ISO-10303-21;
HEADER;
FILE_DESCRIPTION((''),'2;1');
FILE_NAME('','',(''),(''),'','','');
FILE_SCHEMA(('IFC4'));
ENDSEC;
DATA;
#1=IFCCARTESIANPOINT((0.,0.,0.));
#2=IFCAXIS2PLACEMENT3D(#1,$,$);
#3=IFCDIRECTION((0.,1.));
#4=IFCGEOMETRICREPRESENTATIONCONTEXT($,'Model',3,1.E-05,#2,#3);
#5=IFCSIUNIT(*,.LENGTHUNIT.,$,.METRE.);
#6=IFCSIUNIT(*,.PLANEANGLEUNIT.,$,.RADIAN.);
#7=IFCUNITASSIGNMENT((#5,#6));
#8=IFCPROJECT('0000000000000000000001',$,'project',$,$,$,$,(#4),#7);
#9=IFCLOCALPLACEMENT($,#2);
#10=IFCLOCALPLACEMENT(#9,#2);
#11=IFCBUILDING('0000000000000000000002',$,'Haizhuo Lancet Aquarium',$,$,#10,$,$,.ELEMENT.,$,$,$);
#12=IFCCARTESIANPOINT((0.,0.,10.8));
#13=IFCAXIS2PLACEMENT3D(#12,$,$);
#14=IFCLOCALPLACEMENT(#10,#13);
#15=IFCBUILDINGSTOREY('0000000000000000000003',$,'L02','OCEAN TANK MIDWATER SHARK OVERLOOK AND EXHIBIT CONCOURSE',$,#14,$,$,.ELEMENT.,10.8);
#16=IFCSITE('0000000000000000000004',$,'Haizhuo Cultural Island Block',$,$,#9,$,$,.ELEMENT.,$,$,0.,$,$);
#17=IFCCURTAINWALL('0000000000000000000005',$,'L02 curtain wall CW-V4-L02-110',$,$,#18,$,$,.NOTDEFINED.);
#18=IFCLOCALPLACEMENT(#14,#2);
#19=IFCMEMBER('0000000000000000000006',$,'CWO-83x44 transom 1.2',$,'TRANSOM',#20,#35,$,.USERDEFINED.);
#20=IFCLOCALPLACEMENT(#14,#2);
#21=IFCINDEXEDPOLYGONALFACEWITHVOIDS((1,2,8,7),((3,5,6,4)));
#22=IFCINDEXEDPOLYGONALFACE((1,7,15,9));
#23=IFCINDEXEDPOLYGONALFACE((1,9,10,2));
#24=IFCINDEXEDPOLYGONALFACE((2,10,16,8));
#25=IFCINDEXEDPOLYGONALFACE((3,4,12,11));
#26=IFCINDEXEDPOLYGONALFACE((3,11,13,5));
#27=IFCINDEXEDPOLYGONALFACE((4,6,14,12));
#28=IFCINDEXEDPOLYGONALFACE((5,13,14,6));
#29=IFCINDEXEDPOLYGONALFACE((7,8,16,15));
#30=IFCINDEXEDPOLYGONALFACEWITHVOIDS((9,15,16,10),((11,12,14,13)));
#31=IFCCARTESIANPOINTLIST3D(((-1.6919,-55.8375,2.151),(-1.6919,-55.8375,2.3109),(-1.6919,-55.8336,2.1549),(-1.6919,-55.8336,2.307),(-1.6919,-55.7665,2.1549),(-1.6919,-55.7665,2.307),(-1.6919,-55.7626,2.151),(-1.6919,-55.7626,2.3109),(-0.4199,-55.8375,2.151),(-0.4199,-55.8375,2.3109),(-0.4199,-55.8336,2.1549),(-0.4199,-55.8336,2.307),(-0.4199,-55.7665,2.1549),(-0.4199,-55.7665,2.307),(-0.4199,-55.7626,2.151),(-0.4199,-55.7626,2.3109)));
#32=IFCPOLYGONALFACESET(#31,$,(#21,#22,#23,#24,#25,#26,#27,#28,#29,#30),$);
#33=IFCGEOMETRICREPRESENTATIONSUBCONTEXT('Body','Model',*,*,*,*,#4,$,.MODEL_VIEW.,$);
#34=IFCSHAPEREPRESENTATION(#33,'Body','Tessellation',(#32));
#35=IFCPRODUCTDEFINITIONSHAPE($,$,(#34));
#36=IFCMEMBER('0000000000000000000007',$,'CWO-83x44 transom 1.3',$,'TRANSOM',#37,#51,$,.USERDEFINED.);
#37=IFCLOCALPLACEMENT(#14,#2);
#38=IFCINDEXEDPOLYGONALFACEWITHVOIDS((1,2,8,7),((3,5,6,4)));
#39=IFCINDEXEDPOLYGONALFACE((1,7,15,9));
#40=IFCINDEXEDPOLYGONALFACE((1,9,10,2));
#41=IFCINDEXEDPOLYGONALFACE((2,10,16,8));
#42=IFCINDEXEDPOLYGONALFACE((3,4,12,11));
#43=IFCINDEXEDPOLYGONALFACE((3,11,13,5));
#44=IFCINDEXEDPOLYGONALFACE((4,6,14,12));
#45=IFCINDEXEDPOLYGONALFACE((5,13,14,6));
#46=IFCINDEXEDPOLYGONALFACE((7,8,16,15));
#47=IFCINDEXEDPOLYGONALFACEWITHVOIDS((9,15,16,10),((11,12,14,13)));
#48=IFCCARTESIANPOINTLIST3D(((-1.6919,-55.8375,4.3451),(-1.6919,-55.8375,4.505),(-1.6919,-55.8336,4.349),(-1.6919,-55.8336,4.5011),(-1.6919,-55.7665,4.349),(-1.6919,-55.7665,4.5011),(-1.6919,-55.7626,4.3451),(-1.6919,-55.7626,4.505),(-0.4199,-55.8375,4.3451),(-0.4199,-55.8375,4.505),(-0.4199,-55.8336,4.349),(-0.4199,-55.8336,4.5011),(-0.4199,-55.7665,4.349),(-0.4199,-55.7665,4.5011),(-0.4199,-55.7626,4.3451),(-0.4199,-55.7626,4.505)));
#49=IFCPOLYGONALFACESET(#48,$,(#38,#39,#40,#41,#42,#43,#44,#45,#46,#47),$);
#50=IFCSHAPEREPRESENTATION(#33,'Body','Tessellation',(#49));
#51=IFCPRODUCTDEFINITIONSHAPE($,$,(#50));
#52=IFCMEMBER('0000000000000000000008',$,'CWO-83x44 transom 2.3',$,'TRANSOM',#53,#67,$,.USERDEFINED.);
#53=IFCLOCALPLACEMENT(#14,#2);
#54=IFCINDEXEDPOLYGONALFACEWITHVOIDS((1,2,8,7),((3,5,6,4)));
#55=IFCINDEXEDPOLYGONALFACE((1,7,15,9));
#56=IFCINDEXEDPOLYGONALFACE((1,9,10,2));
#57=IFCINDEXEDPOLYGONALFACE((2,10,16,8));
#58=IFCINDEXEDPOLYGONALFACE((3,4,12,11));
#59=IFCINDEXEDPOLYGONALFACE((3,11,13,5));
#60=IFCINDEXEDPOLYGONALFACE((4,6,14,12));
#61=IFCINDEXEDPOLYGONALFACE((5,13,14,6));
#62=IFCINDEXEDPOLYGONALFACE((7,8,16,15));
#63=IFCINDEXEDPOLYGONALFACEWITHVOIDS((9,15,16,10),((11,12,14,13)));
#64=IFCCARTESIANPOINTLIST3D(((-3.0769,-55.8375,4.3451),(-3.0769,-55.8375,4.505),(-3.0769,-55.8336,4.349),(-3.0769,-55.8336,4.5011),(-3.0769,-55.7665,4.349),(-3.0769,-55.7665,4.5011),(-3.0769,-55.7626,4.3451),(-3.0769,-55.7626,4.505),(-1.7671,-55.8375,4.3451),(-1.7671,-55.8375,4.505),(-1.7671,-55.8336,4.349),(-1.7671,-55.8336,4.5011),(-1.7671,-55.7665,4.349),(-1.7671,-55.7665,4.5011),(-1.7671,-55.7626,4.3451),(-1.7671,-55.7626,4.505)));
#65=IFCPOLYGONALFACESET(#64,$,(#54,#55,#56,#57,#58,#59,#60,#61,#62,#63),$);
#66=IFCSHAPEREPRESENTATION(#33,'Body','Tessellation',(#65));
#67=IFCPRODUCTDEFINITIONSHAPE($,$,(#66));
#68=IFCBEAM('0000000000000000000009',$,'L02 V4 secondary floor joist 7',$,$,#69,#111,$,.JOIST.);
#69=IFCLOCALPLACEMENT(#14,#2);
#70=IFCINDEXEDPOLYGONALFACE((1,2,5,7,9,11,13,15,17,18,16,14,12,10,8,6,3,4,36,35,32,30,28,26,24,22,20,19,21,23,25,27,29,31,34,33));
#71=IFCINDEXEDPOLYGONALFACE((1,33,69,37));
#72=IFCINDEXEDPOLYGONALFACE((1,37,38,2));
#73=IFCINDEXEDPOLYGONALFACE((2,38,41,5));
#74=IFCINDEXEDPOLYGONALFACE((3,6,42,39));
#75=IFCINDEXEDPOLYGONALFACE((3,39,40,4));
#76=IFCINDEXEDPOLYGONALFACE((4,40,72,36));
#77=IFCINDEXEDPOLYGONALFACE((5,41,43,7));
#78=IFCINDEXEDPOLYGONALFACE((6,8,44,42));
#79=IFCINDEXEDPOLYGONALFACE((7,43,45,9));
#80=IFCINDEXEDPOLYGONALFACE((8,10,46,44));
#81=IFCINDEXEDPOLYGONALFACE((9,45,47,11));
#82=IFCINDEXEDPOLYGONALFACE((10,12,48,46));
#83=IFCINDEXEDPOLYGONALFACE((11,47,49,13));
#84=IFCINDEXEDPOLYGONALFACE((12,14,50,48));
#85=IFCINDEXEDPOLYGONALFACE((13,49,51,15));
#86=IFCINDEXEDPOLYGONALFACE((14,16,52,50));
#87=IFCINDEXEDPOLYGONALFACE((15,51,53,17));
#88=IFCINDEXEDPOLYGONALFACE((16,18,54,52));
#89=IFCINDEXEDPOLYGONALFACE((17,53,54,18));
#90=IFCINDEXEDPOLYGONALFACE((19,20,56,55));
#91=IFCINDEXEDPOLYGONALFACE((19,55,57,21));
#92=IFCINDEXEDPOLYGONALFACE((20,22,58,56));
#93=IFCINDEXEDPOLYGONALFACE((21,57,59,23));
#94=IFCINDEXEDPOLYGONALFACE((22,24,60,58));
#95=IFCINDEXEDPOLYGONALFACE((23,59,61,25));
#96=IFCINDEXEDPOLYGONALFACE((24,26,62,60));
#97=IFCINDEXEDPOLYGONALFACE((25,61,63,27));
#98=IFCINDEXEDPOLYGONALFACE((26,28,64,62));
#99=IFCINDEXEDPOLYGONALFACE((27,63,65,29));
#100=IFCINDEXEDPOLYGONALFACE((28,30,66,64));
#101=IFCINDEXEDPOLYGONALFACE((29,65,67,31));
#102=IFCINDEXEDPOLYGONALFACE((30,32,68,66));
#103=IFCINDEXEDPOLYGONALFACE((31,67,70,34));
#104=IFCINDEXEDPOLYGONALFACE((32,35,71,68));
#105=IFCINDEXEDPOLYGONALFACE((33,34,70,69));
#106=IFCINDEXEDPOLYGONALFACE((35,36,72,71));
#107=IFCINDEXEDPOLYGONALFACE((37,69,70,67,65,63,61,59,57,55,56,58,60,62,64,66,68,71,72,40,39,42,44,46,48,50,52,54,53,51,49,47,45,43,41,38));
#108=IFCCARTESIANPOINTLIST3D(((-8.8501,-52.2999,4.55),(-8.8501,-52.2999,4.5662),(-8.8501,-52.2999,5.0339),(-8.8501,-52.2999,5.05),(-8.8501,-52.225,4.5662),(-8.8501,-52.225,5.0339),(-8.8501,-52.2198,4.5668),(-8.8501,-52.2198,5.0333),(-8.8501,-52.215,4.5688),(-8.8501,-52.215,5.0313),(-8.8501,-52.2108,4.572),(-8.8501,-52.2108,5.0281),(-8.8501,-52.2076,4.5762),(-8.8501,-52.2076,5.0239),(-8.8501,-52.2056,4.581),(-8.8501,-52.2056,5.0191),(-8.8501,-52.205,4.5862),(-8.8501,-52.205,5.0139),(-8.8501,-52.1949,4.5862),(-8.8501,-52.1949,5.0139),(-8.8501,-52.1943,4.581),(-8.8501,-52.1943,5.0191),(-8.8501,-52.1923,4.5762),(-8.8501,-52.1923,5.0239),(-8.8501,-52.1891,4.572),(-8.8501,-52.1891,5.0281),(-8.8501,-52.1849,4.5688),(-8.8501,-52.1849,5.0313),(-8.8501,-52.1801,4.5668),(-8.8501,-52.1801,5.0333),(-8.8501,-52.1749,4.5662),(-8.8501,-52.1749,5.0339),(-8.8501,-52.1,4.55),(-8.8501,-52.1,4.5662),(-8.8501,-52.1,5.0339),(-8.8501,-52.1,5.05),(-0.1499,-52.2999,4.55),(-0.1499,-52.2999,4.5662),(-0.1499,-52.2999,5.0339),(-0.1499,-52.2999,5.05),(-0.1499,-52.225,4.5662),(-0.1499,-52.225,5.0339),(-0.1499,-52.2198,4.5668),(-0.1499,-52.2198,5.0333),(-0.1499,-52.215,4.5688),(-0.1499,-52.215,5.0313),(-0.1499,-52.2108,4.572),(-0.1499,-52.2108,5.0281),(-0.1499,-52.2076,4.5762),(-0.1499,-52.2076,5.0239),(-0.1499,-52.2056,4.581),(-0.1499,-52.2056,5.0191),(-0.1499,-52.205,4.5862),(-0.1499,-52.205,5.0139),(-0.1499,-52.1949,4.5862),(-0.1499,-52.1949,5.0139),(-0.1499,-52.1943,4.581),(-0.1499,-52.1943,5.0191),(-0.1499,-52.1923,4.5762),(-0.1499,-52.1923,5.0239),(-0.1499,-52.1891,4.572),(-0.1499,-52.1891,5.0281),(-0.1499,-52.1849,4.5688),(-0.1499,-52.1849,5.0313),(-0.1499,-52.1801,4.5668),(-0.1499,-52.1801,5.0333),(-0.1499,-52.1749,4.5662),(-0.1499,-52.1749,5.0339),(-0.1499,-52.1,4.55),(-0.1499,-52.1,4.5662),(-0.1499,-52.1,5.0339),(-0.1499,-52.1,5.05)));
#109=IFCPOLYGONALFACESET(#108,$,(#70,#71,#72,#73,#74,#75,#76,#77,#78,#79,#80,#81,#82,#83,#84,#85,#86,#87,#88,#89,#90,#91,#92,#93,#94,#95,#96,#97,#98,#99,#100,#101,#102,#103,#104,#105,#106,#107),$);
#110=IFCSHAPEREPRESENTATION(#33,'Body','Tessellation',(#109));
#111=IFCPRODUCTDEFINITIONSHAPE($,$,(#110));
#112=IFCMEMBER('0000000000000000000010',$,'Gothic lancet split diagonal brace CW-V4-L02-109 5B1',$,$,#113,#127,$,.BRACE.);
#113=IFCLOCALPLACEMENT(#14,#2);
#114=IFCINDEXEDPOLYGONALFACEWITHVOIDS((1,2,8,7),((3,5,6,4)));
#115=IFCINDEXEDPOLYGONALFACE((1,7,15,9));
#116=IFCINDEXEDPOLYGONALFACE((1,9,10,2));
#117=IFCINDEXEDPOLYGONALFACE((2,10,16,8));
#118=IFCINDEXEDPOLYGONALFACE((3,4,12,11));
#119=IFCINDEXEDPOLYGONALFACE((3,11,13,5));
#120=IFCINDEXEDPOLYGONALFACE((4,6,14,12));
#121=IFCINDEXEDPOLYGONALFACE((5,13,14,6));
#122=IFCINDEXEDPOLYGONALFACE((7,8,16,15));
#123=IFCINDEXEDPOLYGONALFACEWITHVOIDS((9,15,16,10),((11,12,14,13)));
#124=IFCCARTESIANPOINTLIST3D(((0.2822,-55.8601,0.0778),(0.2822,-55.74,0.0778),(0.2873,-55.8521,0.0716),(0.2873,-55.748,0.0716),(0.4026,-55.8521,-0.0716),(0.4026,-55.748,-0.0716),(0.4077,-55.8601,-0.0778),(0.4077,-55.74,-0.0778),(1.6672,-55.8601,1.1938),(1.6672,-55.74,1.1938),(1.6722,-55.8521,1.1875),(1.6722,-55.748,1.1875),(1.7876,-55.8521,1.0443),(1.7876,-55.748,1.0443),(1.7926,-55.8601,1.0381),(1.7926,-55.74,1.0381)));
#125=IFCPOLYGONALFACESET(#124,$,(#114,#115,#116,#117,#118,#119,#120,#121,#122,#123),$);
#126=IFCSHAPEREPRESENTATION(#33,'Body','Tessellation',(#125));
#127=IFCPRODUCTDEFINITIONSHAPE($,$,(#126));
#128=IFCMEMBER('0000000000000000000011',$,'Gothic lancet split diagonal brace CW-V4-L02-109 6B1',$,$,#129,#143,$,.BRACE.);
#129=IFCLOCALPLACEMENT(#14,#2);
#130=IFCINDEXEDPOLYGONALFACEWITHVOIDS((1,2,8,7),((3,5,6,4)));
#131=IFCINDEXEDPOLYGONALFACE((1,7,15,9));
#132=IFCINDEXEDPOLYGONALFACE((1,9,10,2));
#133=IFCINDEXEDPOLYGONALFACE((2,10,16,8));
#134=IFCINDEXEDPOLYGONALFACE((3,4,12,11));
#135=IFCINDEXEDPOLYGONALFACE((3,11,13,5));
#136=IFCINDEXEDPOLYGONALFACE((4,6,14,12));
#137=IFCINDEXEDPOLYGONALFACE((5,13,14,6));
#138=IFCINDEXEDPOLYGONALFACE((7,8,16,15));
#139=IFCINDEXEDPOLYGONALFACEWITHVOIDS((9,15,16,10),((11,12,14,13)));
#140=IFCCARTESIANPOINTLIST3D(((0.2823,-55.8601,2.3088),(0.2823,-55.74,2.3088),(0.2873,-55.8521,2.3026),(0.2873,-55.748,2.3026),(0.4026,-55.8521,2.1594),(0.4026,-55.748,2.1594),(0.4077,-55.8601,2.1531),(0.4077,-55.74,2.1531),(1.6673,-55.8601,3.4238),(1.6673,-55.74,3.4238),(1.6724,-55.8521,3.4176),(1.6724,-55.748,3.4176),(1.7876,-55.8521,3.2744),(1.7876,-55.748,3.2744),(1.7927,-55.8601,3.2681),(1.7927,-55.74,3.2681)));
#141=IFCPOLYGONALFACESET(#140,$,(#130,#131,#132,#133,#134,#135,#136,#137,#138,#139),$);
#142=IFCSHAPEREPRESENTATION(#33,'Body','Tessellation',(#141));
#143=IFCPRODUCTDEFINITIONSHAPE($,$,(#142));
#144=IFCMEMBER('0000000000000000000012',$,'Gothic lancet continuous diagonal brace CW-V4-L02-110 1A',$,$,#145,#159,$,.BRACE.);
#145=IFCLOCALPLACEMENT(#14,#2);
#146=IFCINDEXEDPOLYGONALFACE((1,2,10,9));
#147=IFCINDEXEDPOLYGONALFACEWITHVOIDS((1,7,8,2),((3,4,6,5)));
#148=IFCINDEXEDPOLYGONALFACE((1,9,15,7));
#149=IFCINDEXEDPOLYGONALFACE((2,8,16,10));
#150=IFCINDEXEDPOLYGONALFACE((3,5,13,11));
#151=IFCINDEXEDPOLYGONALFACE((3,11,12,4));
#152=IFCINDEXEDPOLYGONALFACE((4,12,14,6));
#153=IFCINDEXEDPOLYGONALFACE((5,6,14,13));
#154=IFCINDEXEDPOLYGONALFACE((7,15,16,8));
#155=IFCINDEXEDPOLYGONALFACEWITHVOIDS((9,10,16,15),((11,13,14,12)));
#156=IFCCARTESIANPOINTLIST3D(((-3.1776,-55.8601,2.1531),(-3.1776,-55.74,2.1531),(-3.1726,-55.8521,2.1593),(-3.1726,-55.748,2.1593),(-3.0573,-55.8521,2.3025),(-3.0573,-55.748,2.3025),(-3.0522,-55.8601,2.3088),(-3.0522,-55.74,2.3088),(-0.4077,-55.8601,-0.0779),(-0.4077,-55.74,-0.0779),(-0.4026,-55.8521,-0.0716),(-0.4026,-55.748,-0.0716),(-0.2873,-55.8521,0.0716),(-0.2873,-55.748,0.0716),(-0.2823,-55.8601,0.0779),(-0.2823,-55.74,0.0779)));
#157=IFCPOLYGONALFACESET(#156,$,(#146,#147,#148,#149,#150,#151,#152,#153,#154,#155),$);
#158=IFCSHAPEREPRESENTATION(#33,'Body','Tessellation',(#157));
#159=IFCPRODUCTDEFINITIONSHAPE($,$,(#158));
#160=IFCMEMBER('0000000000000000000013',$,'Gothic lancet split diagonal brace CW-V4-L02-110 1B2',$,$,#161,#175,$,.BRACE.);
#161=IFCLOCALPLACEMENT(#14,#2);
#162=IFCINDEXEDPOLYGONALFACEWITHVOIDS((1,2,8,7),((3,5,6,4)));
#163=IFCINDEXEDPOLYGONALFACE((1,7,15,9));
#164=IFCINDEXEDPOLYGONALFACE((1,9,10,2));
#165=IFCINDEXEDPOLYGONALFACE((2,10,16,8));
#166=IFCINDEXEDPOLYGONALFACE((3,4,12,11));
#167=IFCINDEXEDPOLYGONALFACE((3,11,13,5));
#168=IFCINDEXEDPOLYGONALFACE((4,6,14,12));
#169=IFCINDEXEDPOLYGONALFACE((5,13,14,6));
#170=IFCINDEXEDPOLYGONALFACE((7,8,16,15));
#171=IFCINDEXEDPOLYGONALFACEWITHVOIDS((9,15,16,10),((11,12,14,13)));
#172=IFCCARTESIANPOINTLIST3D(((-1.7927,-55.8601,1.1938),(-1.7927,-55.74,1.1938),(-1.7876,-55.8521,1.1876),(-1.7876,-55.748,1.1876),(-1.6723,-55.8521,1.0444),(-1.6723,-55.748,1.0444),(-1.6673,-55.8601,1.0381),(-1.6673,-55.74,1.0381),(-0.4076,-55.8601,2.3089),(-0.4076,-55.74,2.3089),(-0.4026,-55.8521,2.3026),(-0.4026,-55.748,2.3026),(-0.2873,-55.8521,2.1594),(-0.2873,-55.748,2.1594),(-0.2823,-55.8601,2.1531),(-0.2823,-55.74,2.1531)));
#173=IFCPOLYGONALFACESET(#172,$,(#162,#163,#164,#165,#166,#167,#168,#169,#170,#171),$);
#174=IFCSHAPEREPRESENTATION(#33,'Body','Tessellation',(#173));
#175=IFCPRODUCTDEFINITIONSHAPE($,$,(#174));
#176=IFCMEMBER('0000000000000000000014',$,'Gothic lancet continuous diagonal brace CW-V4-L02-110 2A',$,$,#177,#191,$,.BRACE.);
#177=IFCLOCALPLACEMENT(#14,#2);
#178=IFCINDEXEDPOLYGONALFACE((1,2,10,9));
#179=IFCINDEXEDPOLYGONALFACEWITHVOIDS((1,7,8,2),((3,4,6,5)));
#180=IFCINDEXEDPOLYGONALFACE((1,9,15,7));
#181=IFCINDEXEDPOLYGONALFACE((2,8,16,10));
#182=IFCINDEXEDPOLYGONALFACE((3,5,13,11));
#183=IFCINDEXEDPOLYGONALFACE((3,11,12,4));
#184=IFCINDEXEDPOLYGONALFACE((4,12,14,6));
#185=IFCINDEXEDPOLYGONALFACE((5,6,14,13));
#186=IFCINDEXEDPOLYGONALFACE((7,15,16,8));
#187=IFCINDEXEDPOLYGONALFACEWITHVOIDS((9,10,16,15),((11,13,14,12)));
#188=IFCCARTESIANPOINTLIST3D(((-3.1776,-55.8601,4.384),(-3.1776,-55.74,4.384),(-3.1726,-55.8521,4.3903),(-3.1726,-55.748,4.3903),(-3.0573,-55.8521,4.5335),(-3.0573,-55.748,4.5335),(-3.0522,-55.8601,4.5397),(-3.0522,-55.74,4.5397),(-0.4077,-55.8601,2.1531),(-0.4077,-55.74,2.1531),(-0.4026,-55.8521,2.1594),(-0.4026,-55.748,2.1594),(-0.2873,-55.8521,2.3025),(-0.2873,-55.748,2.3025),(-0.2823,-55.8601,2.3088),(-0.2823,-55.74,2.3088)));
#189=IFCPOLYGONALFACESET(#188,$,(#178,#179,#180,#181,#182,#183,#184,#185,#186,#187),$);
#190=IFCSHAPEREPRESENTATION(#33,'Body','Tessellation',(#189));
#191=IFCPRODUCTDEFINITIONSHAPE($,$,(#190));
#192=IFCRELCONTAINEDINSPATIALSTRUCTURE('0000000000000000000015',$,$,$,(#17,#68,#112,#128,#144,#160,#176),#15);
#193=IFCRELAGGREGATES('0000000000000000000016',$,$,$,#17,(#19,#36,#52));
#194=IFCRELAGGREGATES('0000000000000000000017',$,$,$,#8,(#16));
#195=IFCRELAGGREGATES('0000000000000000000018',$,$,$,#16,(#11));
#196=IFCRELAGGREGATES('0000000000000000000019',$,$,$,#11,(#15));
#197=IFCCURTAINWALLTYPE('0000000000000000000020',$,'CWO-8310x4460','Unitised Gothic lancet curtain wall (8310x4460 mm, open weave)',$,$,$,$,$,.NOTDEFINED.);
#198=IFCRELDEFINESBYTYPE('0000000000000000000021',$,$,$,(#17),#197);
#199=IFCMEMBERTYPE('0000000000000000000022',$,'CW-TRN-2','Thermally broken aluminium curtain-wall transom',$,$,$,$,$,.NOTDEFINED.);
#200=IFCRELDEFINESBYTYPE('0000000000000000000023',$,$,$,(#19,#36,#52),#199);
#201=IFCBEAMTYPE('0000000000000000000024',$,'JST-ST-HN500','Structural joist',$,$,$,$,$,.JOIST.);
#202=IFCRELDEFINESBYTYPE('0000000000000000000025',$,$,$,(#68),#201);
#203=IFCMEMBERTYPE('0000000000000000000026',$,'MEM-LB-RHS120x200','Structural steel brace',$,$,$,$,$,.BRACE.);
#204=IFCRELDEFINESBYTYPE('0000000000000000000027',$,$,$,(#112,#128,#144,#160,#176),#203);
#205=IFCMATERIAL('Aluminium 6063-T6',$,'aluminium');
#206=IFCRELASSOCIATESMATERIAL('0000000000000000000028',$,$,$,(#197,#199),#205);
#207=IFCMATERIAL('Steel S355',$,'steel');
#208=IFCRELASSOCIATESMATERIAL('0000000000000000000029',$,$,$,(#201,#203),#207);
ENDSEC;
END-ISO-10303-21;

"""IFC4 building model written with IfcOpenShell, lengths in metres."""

from ifc_helpers import new_model, si_unit, direction, frame, origin, origin_2d, place, context, subcontext, project, spatial, hollow_rectangle, i_section, extrude, material, material_profile, profile_set, type_object, element, aggregate, save


model = new_model("IFC4")

# Units and contexts
model_context = context("Model", 3, precision=1e-05, world=origin(), true_north=direction((0.0, 1.0)))
body_context = subcontext(model_context, "Body", "Model", "MODEL_VIEW")
ifc_project = project(units=[si_unit("LENGTHUNIT", "METRE"), si_unit("PLANEANGLEUNIT", "RADIAN")], contexts=[model_context])

# Site, building, storey
site_placement = place(None, origin())
site = spatial("IfcSite", under=ifc_project, at=site_placement, Name="Haizhuo Cultural Island Block", CompositionType="ELEMENT", RefElevation=0.0)
building_placement = place(site_placement, origin())
building = spatial("IfcBuilding", under=site, at=building_placement, Name="Haizhuo Lancet Aquarium", CompositionType="ELEMENT")
storey_placement = place(building_placement, frame((0.0, 0.0, 10.8)))
storey = spatial("IfcBuildingStorey", under=building, at=storey_placement, Name="L02", Description="OCEAN TANK MIDWATER SHARK OVERLOOK AND EXHIBIT CONCOURSE", CompositionType="ELEMENT", Elevation=10.8)

# Shared definitions
ifc_material_1 = material(Name="Steel S355", Category="steel")

# Shared definitions
ifc_material_2 = material(Name="Aluminium 6063-T6", Category="aluminium")
curtain_wall_type = type_object("IfcCurtainWallType", Name="CWO-8310x4460", Description="Unitised Gothic lancet curtain wall (8310x4460 mm, open weave)", PredefinedType="NOTDEFINED", material=ifc_material_2)

# Curtain wall, members
curtain_wall_1_placement = place(storey_placement, origin())
curtain_wall_1 = element("IfcCurtainWall", 1, at=curtain_wall_1_placement, inside=storey, type_object=curtain_wall_type, Name="L02 curtain wall CW-V4-L02-110", PredefinedType="NOTDEFINED")
ifc_material_profile_1 = material_profile(ifc_material_2, hollow_rectangle(XDim=0.075, YDim=0.1599, WallThickness=0.0039, at=origin_2d()), Name="ALU-T 75x160x4")
ifc_profile_set_1 = profile_set([ifc_material_profile_1], Name="Aluminium 6063-T6")
member_type_1 = type_object("IfcMemberType", Name="CW-TRN-2", Description="Thermally broken aluminium curtain-wall transom", PredefinedType="NOTDEFINED", material=ifc_profile_set_1)
member_1_placement = place(storey_placement, frame((-0.4199, -55.8, 2.231), z_axis=(-1.0, 0.0, 0.0), x_axis=(0.0, -1.0, 0.0)))
member_1 = element("IfcMember", 2, at=member_1_placement, type_object=member_type_1, Name="CWO-83x44 transom 1.2", ObjectType="TRANSOM", PredefinedType="USERDEFINED", context=body_context, shape_type="SweptSolid", body=[
    extrude(hollow_rectangle(XDim=0.075, YDim=0.1599, WallThickness=0.0039, at=origin_2d()), origin(), (0.0, 0.0, 1.0), 1.272),
])
member_2_placement = place(storey_placement, frame((-0.4199, -55.8, 4.425), z_axis=(-1.0, 0.0, 0.0), x_axis=(0.0, -1.0, 0.0)))
member_2 = element("IfcMember", 3, at=member_2_placement, type_object=member_type_1, Name="CWO-83x44 transom 1.3", ObjectType="TRANSOM", PredefinedType="USERDEFINED", context=body_context, shape_type="SweptSolid", body=[
    extrude(hollow_rectangle(XDim=0.075, YDim=0.1599, WallThickness=0.0039, at=origin_2d()), origin(), (0.0, 0.0, 1.0), 1.272),
])
member_3_placement = place(storey_placement, frame((-1.7671, -55.8, 4.425), z_axis=(-1.0, 0.0, 0.0), x_axis=(0.0, -1.0, 0.0)))
member_3 = element("IfcMember", 4, at=member_3_placement, type_object=member_type_1, Name="CWO-83x44 transom 2.3", ObjectType="TRANSOM", PredefinedType="USERDEFINED", context=body_context, shape_type="SweptSolid", body=[
    extrude(hollow_rectangle(XDim=0.075, YDim=0.1599, WallThickness=0.0039, at=origin_2d()), origin(), (0.0, 0.0, 1.0), 1.3098),
])

# Beam
ifc_material_profile_2 = material_profile(ifc_material_1, i_section(OverallWidth=0.2, OverallDepth=0.5, WebThickness=0.01, FlangeThickness=0.0161, FilletRadius=0.02, at=origin_2d()), Name="HN 500x200x10x16")
ifc_profile_set_2 = profile_set([ifc_material_profile_2], Name="Steel S355")
beam_type_1 = type_object("IfcBeamType", Name="JST-ST-HN500", Description="Structural joist", PredefinedType="JOIST", material=ifc_profile_set_2)
beam_1_placement = place(storey_placement, frame((-8.8501, -52.2, 4.8), z_axis=(1.0, 0.0, 0.0), x_axis=(0.0, 1.0, 0.0)))
element("IfcBeam", 5, at=beam_1_placement, inside=storey, type_object=beam_type_1, Name="L02 V4 secondary floor joist 7", PredefinedType="JOIST", context=body_context, shape_type="SweptSolid", body=[
    extrude(i_section(OverallWidth=0.2, OverallDepth=0.5, WebThickness=0.01, FlangeThickness=0.0161, FilletRadius=0.02, at=origin_2d()), origin(), (0.0, 0.0, 1.0), 8.7002),
])

# Members
ifc_material_profile_3 = material_profile(ifc_material_1, hollow_rectangle(XDim=0.1201, YDim=0.2, WallThickness=0.0081, at=origin_2d()), Name="RHS 120x200x8")
ifc_profile_set_3 = profile_set([ifc_material_profile_3], Name="Steel S355")
member_type_2 = type_object("IfcMemberType", Name="MEM-LB-RHS120x200", Description="Structural steel brace", PredefinedType="BRACE", material=ifc_profile_set_3)
member_4_placement = place(storey_placement, frame((0.345, -55.8, 0.0), z_axis=(0.778681, 0.0, 0.62742), x_axis=(0.0, 1.0, 0.0)))
element("IfcMember", 6, at=member_4_placement, inside=storey, type_object=member_type_2, Name="Gothic lancet split diagonal brace CW-V4-L02-109 5B1", PredefinedType="BRACE", context=body_context, shape_type="SweptSolid", body=[
    extrude(hollow_rectangle(XDim=0.1201, YDim=0.2, WallThickness=0.0081, at=origin_2d()), origin(), (0.0, 0.0, 1.0), 1.7786),
])
member_5_placement = place(storey_placement, frame((0.345, -55.8, 2.231), z_axis=(0.77895, 0.0, 0.627087), x_axis=(0.0, 1.0, 0.0)))
element("IfcMember", 7, at=member_5_placement, inside=storey, type_object=member_type_2, Name="Gothic lancet split diagonal brace CW-V4-L02-109 6B1", PredefinedType="BRACE", context=body_context, shape_type="SweptSolid", body=[
    extrude(hollow_rectangle(XDim=0.1201, YDim=0.2, WallThickness=0.0081, at=origin_2d()), origin(), (0.0, 0.0, 1.0), 1.7781),
])
member_6_placement = place(storey_placement, frame((-0.345, -55.8, 0.0), z_axis=(-0.778815, 0.0, 0.627253), x_axis=(0.0, -1.0, 0.0)))
element("IfcMember", 8, at=member_6_placement, inside=storey, type_object=member_type_2, Name="Gothic lancet continuous diagonal brace CW-V4-L02-110 1A", PredefinedType="BRACE", context=body_context, shape_type="SweptSolid", body=[
    extrude(hollow_rectangle(XDim=0.1201, YDim=0.2, WallThickness=0.0081, at=origin_2d()), origin(), (0.0, 0.0, 1.0), 3.5566),
])
member_7_placement = place(storey_placement, frame((-1.73, -55.8, 1.116), z_axis=(0.77895, 0.0, 0.627087), x_axis=(0.0, 1.0, 0.0)))
element("IfcMember", 9, at=member_7_placement, inside=storey, type_object=member_type_2, Name="Gothic lancet split diagonal brace CW-V4-L02-110 1B2", PredefinedType="BRACE", context=body_context, shape_type="SweptSolid", body=[
    extrude(hollow_rectangle(XDim=0.1201, YDim=0.2, WallThickness=0.0081, at=origin_2d()), origin(), (0.0, 0.0, 1.0), 1.7781),
])
member_8_placement = place(storey_placement, frame((-0.345, -55.8, 2.231), z_axis=(-0.778815, 0.0, 0.627253), x_axis=(0.0, -1.0, 0.0)))
element("IfcMember", 10, at=member_8_placement, inside=storey, type_object=member_type_2, Name="Gothic lancet continuous diagonal brace CW-V4-L02-110 2A", PredefinedType="BRACE", context=body_context, shape_type="SweptSolid", body=[
    extrude(hollow_rectangle(XDim=0.1201, YDim=0.2, WallThickness=0.0081, at=origin_2d()), origin(), (0.0, 0.0, 1.0), 3.5566),
])

aggregate(curtain_wall_1, [member_1, member_2, member_3])

save(model, "model.ifc")
